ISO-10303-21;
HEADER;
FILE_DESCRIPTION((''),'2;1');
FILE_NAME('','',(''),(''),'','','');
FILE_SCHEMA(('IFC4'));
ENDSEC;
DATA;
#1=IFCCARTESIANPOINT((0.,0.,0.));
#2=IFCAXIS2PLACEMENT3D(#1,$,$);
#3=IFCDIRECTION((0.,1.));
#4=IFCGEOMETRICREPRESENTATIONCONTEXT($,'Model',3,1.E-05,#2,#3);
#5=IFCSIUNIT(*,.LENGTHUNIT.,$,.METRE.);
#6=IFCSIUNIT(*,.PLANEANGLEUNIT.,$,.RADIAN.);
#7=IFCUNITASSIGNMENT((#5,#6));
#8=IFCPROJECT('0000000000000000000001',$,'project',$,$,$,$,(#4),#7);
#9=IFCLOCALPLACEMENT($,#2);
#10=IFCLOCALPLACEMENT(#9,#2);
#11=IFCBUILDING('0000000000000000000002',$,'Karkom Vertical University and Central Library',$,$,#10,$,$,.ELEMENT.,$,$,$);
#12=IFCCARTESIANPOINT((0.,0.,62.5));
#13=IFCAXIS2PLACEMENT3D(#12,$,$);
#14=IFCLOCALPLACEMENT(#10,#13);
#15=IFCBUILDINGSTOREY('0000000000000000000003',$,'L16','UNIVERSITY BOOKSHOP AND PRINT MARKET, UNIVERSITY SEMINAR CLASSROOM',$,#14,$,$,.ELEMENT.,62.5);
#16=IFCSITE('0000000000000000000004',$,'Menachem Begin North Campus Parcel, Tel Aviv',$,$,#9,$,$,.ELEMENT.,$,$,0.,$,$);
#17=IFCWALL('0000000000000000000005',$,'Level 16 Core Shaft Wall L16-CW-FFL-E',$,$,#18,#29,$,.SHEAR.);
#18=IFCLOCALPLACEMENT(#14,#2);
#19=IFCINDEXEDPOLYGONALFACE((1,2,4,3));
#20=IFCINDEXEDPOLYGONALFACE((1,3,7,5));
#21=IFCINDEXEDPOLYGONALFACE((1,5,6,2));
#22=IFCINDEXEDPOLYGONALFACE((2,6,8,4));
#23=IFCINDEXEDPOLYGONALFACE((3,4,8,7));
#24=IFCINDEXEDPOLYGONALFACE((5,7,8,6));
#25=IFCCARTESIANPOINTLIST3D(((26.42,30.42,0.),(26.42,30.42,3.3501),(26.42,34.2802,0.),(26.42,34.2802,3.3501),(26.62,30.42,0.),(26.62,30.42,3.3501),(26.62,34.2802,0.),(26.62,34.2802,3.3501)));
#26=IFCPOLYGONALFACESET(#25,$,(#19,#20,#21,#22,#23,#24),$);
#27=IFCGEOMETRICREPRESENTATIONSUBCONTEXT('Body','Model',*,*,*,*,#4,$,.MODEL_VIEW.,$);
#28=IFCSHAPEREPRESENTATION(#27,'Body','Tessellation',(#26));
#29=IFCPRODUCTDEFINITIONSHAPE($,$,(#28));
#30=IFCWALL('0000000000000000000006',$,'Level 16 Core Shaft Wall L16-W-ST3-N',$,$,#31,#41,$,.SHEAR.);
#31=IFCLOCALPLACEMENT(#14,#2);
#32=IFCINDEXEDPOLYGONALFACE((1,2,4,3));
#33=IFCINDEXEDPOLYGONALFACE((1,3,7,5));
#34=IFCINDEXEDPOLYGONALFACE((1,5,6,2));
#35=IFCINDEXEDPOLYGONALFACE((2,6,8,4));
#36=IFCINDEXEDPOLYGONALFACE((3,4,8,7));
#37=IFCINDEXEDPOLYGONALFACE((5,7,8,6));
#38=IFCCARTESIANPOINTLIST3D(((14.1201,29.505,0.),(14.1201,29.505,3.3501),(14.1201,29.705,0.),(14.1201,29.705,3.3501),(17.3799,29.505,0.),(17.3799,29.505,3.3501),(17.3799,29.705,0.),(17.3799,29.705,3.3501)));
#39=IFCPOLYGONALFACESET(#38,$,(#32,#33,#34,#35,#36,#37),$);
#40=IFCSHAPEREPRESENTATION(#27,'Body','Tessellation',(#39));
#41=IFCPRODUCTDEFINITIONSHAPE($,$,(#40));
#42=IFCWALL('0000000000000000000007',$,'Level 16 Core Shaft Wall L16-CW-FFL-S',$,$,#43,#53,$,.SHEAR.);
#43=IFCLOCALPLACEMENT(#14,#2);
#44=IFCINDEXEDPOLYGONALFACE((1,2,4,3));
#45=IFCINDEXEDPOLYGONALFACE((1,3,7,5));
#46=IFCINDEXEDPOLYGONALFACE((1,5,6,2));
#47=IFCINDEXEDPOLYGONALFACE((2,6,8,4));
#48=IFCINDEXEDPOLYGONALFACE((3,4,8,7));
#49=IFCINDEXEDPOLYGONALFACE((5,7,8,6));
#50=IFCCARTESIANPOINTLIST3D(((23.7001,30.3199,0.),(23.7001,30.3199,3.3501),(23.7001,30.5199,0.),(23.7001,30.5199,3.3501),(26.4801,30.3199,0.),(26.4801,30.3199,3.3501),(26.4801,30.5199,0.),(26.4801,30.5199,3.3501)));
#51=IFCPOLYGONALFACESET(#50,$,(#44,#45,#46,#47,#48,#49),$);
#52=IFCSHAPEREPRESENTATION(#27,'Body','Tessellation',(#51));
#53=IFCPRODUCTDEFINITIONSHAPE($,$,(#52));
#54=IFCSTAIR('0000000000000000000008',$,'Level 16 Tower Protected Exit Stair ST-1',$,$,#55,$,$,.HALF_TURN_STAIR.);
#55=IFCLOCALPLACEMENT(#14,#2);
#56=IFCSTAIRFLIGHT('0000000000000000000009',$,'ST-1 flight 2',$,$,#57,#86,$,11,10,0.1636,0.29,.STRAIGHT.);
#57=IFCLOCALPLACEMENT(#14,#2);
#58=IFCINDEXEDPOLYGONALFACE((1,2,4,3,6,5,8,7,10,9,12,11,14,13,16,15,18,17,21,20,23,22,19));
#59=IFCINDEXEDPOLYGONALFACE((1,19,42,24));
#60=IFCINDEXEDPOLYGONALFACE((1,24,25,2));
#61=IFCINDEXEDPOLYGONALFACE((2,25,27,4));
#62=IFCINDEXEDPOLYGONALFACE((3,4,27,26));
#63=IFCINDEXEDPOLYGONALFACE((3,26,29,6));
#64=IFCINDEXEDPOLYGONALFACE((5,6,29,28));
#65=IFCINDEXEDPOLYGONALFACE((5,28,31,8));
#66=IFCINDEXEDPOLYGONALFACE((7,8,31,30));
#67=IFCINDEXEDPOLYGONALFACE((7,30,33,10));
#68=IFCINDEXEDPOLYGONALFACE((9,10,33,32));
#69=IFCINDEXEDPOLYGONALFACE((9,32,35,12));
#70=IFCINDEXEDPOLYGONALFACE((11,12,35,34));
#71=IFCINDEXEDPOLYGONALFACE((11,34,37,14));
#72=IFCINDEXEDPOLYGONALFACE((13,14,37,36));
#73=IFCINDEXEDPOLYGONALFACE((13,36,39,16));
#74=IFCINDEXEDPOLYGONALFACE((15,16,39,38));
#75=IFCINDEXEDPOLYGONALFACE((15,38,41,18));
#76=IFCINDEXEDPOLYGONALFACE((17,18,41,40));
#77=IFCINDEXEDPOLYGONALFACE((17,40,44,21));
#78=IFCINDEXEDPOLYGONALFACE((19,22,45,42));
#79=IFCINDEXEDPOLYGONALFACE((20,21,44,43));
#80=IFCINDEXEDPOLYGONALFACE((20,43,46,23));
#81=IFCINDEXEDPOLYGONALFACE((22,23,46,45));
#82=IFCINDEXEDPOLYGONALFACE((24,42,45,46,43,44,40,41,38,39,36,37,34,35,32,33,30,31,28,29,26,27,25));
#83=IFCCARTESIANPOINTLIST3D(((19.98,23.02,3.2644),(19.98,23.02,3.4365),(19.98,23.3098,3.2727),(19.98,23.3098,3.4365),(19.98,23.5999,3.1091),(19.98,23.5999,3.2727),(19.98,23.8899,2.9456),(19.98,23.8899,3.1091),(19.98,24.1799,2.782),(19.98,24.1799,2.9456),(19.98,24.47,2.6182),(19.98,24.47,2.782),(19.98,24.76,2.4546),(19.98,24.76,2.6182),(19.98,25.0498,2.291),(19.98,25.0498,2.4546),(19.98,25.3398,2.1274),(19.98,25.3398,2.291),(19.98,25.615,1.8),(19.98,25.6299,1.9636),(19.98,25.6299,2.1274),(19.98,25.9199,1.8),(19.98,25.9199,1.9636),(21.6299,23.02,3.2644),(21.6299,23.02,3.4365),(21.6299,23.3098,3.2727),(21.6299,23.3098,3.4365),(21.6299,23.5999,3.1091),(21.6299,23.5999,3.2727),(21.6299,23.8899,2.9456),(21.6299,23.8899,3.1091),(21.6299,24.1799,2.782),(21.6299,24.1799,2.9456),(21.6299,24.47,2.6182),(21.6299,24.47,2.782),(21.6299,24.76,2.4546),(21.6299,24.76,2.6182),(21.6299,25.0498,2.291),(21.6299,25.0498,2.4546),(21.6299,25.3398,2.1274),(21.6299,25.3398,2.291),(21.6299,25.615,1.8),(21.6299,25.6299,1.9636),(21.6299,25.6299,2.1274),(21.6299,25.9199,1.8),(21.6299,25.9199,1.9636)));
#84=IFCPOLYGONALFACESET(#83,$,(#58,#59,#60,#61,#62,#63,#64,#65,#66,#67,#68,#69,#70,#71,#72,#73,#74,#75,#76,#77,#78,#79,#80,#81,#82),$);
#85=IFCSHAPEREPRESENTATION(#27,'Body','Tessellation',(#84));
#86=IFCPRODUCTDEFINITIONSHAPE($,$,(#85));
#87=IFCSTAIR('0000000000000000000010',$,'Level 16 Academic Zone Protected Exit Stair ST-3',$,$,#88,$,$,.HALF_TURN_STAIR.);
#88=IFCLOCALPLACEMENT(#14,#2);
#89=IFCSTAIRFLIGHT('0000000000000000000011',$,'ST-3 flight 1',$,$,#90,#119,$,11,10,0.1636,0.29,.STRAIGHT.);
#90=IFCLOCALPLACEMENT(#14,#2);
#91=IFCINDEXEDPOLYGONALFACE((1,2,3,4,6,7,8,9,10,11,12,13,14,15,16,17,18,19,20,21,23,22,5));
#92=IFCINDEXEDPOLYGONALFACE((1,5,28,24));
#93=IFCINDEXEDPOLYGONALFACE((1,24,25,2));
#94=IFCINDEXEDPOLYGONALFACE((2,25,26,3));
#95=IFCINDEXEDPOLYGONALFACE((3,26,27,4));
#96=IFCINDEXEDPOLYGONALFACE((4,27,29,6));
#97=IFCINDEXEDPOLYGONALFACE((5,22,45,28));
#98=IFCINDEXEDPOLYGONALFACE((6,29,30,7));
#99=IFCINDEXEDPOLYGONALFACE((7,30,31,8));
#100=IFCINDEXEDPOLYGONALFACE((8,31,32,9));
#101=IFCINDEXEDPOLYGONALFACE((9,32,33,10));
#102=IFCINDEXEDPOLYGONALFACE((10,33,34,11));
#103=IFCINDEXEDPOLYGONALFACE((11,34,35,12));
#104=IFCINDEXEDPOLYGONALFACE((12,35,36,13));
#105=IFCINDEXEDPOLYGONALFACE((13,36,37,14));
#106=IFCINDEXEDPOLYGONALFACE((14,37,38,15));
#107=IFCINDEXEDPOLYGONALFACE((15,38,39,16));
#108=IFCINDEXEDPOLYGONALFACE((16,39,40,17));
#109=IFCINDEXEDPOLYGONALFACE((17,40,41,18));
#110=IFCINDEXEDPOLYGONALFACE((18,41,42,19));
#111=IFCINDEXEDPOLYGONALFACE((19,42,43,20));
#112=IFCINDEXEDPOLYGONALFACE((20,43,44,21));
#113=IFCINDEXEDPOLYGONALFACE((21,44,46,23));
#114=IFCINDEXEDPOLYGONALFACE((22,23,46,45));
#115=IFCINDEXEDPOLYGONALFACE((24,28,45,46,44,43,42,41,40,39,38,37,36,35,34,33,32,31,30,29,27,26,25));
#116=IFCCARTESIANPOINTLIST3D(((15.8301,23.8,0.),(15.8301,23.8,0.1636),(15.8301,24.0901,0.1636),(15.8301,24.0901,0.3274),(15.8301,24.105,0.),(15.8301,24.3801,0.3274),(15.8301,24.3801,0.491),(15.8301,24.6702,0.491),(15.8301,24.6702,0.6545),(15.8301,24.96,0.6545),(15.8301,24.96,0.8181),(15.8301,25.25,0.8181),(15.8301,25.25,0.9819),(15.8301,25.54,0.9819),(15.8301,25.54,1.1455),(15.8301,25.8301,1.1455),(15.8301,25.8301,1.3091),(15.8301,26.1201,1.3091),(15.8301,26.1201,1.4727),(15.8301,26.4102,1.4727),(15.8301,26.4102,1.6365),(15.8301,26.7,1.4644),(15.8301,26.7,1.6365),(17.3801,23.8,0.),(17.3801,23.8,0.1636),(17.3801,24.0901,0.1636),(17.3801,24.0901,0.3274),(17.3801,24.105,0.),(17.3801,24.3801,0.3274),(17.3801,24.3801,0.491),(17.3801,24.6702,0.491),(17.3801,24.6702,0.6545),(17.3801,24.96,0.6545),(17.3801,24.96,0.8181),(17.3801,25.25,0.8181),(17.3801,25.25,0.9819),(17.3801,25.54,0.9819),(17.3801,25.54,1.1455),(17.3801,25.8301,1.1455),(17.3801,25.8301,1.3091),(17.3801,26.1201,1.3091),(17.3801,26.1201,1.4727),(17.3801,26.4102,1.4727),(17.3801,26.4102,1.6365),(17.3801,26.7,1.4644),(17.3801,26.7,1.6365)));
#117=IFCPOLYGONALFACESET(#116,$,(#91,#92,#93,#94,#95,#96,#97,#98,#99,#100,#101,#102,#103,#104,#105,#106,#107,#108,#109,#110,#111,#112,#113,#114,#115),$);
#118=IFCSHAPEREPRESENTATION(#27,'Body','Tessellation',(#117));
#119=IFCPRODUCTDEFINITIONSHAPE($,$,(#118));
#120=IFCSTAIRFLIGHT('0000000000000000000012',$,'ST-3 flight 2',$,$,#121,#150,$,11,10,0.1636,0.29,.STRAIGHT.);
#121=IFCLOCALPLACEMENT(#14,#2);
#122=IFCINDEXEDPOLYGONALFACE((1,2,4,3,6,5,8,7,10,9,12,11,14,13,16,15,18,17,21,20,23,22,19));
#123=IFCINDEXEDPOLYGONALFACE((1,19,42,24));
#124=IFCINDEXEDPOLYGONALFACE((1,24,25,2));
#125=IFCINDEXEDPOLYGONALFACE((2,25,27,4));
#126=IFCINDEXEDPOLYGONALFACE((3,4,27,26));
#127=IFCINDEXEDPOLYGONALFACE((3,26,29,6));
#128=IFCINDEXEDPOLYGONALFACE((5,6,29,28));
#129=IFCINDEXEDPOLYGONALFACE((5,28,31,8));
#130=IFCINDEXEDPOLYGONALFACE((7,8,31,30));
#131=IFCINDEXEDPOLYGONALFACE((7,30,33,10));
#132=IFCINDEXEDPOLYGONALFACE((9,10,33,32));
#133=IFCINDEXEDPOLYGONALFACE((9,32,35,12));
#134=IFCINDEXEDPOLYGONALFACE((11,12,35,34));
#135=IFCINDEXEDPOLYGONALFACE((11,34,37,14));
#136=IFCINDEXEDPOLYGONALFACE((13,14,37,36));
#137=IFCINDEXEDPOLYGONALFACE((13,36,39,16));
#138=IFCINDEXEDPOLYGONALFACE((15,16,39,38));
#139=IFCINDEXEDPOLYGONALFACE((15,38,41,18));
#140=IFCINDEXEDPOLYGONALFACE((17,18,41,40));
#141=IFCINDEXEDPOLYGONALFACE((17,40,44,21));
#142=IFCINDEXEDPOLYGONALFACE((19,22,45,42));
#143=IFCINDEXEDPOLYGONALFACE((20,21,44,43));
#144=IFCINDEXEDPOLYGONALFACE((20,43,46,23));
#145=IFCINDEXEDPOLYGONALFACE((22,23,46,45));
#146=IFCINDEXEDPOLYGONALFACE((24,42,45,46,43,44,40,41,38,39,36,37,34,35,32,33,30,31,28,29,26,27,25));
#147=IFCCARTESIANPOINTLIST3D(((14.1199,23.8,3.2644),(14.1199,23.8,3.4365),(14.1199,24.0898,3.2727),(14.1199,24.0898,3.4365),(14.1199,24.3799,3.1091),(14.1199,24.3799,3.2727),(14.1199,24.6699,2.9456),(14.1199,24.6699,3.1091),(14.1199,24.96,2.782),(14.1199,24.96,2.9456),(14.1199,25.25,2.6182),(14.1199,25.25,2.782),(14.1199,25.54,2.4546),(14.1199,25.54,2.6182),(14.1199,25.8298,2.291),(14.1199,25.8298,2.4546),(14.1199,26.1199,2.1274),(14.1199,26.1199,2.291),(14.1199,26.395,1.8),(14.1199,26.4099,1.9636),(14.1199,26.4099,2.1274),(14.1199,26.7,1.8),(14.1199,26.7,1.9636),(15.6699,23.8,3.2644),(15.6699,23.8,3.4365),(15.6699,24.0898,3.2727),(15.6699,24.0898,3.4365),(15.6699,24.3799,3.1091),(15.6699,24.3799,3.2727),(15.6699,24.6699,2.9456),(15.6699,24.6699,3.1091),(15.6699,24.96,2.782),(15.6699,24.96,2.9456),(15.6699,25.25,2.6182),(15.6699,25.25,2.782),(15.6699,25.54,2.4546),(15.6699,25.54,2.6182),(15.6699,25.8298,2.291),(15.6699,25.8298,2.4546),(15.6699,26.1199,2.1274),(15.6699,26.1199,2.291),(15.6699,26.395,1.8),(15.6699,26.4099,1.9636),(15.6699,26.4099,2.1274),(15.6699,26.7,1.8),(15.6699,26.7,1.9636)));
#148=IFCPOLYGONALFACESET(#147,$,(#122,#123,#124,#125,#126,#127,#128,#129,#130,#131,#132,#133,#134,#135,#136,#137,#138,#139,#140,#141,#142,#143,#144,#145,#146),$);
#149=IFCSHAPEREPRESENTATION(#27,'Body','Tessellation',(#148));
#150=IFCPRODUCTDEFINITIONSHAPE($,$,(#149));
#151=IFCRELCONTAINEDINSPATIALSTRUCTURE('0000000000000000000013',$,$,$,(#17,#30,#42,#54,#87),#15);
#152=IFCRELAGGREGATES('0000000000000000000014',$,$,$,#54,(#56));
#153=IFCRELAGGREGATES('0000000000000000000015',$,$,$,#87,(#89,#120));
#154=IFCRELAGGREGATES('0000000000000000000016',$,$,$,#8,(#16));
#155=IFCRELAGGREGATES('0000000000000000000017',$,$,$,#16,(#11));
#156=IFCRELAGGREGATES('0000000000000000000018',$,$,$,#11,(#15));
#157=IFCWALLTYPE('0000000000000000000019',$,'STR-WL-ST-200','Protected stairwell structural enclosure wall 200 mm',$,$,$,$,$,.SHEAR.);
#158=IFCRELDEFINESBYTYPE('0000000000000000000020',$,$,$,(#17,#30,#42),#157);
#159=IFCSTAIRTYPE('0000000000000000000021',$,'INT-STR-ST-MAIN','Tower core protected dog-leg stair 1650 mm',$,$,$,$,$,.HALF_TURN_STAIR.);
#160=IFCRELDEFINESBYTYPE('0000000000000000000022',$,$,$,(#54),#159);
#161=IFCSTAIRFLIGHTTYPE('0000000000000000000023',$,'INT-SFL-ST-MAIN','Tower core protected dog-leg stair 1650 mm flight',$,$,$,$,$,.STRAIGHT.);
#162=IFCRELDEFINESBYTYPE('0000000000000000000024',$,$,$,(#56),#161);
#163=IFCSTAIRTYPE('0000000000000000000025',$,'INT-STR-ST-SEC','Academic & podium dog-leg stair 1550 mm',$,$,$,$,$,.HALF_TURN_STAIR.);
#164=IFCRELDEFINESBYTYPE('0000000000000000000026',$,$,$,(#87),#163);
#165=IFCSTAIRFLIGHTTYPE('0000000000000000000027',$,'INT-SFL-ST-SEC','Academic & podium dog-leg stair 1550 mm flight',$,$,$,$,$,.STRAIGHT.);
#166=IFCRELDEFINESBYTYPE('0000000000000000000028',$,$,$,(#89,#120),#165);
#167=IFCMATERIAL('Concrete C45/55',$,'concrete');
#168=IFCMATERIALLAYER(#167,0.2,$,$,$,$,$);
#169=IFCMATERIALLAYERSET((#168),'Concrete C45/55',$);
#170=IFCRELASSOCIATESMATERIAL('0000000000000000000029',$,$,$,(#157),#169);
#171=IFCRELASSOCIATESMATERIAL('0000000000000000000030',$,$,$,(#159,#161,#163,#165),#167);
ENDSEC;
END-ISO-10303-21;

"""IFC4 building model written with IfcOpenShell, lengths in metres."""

from ifc_helpers import new_model, si_unit, direction, frame, frame_2d, origin, place, context, subcontext, project, spatial, polyline, rectangle, outline, extrude, material, layer, layer_set, type_object, element, aggregate, save


model = new_model("IFC4")

# Units and contexts
model_context = context("Model", 3, precision=1e-05, world=origin(), true_north=direction((0.0, 1.0)))
body_context = subcontext(model_context, "Body", "Model", "MODEL_VIEW")
ifc_project = project(units=[si_unit("LENGTHUNIT", "METRE"), si_unit("PLANEANGLEUNIT", "RADIAN")], contexts=[model_context])

# Site, building, storey
site_placement = place(None, origin())
site = spatial("IfcSite", under=ifc_project, at=site_placement, Name="Menachem Begin North Campus Parcel, Tel Aviv", CompositionType="ELEMENT", RefElevation=0.0)
building_placement = place(site_placement, origin())
building = spatial("IfcBuilding", under=site, at=building_placement, Name="Karkom Vertical University and Central Library", CompositionType="ELEMENT")
storey_placement = place(building_placement, frame((0.0, 0.0, 62.5)))
storey = spatial("IfcBuildingStorey", under=building, at=storey_placement, Name="L16", Description="UNIVERSITY BOOKSHOP AND PRINT MARKET, UNIVERSITY SEMINAR CLASSROOM", CompositionType="ELEMENT", Elevation=62.5)

# Walls
ifc_material_1 = material(Name="Concrete C45/55", Category="concrete")
ifc_layer_1 = layer(ifc_material_1, 0.2)
ifc_layer_set_1 = layer_set([ifc_layer_1], Name="Concrete C45/55")
wall_type_1 = type_object("IfcWallType", Name="STR-WL-ST-200", Description="Protected stairwell structural enclosure wall 200 mm", PredefinedType="SHEAR", material=ifc_layer_set_1)
wall_1_placement = place(storey_placement, frame((26.52, 30.4199, 0.0), z_axis=(0.0, 0.0, 1.0), x_axis=(0.0, 1.0, 0.0)))
element("IfcWall", 1, at=wall_1_placement, inside=storey, type_object=wall_type_1, Name="Level 16 Core Shaft Wall L16-CW-FFL-E", PredefinedType="SHEAR", context=body_context, shape_type="SweptSolid", body=[
    extrude(rectangle(XDim=3.8601, YDim=0.2, at=frame_2d((1.9302, 0.0))), origin(), (0.0, 0.0, 1.0), 3.3501),
])
wall_2_placement = place(storey_placement, frame((14.1201, 29.605, 0.0), z_axis=(0.0, 0.0, 1.0), x_axis=(1.0, 0.0, 0.0)))
element("IfcWall", 2, at=wall_2_placement, inside=storey, type_object=wall_type_1, Name="Level 16 Core Shaft Wall L16-W-ST3-N", PredefinedType="SHEAR", context=body_context, shape_type="SweptSolid", body=[
    extrude(rectangle(XDim=3.2598, YDim=0.2, at=frame_2d((1.6299, 0.0))), origin(), (0.0, 0.0, 1.0), 3.3501),
])
wall_3_placement = place(storey_placement, frame((23.7, 30.4199, 0.0), z_axis=(0.0, 0.0, 1.0), x_axis=(1.0, 0.0, 0.0)))
element("IfcWall", 3, at=wall_3_placement, inside=storey, type_object=wall_type_1, Name="Level 16 Core Shaft Wall L16-CW-FFL-S", PredefinedType="SHEAR", context=body_context, shape_type="SweptSolid", body=[
    extrude(rectangle(XDim=2.78, YDim=0.2, at=frame_2d((1.3901, 0.0))), origin(), (0.0, 0.0, 1.0), 3.3501),
])

# Stair, stair flight
stair_type_1 = type_object("IfcStairType", Name="INT-STR-ST-MAIN", Description="Tower core protected dog-leg stair 1650 mm", PredefinedType="HALF_TURN_STAIR", material=ifc_material_1)
stair_1_placement = place(storey_placement, origin())
stair_1 = element("IfcStair", 4, at=stair_1_placement, inside=storey, type_object=stair_type_1, Name="Level 16 Tower Protected Exit Stair ST-1", PredefinedType="HALF_TURN_STAIR")
stair_flight_type_1 = type_object("IfcStairFlightType", Name="INT-SFL-ST-MAIN", Description="Tower core protected dog-leg stair 1650 mm flight", PredefinedType="STRAIGHT", material=ifc_material_1)
stair_flight_1_placement = place(storey_placement, frame((20.8049, 25.9199, 1.8), z_axis=(0.0, 0.0, 1.0), x_axis=(0.0, -1.0, 0.0)))
stair_flight_1 = element("IfcStairFlight", 5, at=stair_flight_1_placement, type_object=stair_flight_type_1, Name="ST-1 flight 2", NumberOfRisers=11, NumberOfTreads=10, PredefinedType="STRAIGHT", RiserHeight=0.1636, TreadLength=0.29, context=body_context, shape_type="SweptSolid", body=[
    extrude(outline(polyline([(0.0, 0.0), (0.0, 0.1636), (0.29, 0.1636), (0.29, 0.3274), (0.5801, 0.3274), (0.5801, 0.491), (0.8701, 0.491), (0.8701, 0.6545), (1.1599, 0.6545), (1.1599, 0.8181), (1.45, 0.8181), (1.45, 0.9819), (1.74, 0.9819), (1.74, 1.1455), (2.03, 1.1455), (2.03, 1.3091), (2.3201, 1.3091), (2.3201, 1.4727), (2.6101, 1.4727), (2.6101, 1.6365), (2.8999, 1.6365), (2.8999, 1.8), (2.8999, 1.4644), (0.3049, 0.0), (0.0, 0.0)])), frame((0.0, 0.825, 0.0), z_axis=(0.0, -1.0, 0.0), x_axis=(1.0, 0.0, 0.0)), (0.0, 0.0, 1.0), 1.6499),
])
aggregate(stair_1, [stair_flight_1])

# Stair, stair flights
stair_type_2 = type_object("IfcStairType", Name="INT-STR-ST-SEC", Description="Academic & podium dog-leg stair 1550 mm", PredefinedType="HALF_TURN_STAIR", material=ifc_material_1)
stair_2_placement = place(storey_placement, origin())
stair_2 = element("IfcStair", 6, at=stair_2_placement, inside=storey, type_object=stair_type_2, Name="Level 16 Academic Zone Protected Exit Stair ST-3", PredefinedType="HALF_TURN_STAIR")
stair_flight_type_2 = type_object("IfcStairFlightType", Name="INT-SFL-ST-SEC", Description="Academic & podium dog-leg stair 1550 mm flight", PredefinedType="STRAIGHT", material=ifc_material_1)
stair_flight_2_placement = place(storey_placement, frame((16.605, 23.8, 0.0), z_axis=(0.0, 0.0, 1.0), x_axis=(0.0, 1.0, 0.0)))
stair_flight_2 = element("IfcStairFlight", 7, at=stair_flight_2_placement, type_object=stair_flight_type_2, Name="ST-3 flight 1", NumberOfRisers=11, NumberOfTreads=10, PredefinedType="STRAIGHT", RiserHeight=0.1636, TreadLength=0.29, context=body_context, shape_type="SweptSolid", body=[
    extrude(outline(polyline([(0.0, 0.0), (0.0, 0.1636), (0.29, 0.1636), (0.29, 0.3274), (0.5801, 0.3274), (0.5801, 0.491), (0.8701, 0.491), (0.8701, 0.6545), (1.1599, 0.6545), (1.1599, 0.8181), (1.45, 0.8181), (1.45, 0.9819), (1.74, 0.9819), (1.74, 1.1455), (2.03, 1.1455), (2.03, 1.3091), (2.3201, 1.3091), (2.3201, 1.4727), (2.6101, 1.4727), (2.6101, 1.6365), (2.8999, 1.6365), (2.8999, 1.8), (2.8999, 1.4644), (0.3049, 0.0), (0.0, 0.0)])), frame((0.0, 0.7749, 0.0), z_axis=(0.0, -1.0, 0.0), x_axis=(1.0, 0.0, 0.0)), (0.0, 0.0, 1.0), 1.55),
])
stair_flight_3_placement = place(storey_placement, frame((14.895, 26.7, 1.8), z_axis=(0.0, 0.0, 1.0), x_axis=(0.0, -1.0, 0.0)))
stair_flight_3 = element("IfcStairFlight", 8, at=stair_flight_3_placement, type_object=stair_flight_type_2, Name="ST-3 flight 2", NumberOfRisers=11, NumberOfTreads=10, PredefinedType="STRAIGHT", RiserHeight=0.1636, TreadLength=0.29, context=body_context, shape_type="SweptSolid", body=[
    extrude(outline(polyline([(0.0, 0.0), (0.0, 0.1636), (0.29, 0.1636), (0.29, 0.3274), (0.5801, 0.3274), (0.5801, 0.491), (0.8701, 0.491), (0.8701, 0.6545), (1.1599, 0.6545), (1.1599, 0.8181), (1.45, 0.8181), (1.45, 0.9819), (1.74, 0.9819), (1.74, 1.1455), (2.03, 1.1455), (2.03, 1.3091), (2.3201, 1.3091), (2.3201, 1.4727), (2.6101, 1.4727), (2.6101, 1.6365), (2.8999, 1.6365), (2.8999, 1.8), (2.8999, 1.4644), (0.3049, 0.0), (0.0, 0.0)])), frame((0.0, 0.7749, 0.0), z_axis=(0.0, -1.0, 0.0), x_axis=(1.0, 0.0, 0.0)), (0.0, 0.0, 1.0), 1.55),
])
aggregate(stair_2, [stair_flight_2, stair_flight_3])

save(model, "model.ifc")
